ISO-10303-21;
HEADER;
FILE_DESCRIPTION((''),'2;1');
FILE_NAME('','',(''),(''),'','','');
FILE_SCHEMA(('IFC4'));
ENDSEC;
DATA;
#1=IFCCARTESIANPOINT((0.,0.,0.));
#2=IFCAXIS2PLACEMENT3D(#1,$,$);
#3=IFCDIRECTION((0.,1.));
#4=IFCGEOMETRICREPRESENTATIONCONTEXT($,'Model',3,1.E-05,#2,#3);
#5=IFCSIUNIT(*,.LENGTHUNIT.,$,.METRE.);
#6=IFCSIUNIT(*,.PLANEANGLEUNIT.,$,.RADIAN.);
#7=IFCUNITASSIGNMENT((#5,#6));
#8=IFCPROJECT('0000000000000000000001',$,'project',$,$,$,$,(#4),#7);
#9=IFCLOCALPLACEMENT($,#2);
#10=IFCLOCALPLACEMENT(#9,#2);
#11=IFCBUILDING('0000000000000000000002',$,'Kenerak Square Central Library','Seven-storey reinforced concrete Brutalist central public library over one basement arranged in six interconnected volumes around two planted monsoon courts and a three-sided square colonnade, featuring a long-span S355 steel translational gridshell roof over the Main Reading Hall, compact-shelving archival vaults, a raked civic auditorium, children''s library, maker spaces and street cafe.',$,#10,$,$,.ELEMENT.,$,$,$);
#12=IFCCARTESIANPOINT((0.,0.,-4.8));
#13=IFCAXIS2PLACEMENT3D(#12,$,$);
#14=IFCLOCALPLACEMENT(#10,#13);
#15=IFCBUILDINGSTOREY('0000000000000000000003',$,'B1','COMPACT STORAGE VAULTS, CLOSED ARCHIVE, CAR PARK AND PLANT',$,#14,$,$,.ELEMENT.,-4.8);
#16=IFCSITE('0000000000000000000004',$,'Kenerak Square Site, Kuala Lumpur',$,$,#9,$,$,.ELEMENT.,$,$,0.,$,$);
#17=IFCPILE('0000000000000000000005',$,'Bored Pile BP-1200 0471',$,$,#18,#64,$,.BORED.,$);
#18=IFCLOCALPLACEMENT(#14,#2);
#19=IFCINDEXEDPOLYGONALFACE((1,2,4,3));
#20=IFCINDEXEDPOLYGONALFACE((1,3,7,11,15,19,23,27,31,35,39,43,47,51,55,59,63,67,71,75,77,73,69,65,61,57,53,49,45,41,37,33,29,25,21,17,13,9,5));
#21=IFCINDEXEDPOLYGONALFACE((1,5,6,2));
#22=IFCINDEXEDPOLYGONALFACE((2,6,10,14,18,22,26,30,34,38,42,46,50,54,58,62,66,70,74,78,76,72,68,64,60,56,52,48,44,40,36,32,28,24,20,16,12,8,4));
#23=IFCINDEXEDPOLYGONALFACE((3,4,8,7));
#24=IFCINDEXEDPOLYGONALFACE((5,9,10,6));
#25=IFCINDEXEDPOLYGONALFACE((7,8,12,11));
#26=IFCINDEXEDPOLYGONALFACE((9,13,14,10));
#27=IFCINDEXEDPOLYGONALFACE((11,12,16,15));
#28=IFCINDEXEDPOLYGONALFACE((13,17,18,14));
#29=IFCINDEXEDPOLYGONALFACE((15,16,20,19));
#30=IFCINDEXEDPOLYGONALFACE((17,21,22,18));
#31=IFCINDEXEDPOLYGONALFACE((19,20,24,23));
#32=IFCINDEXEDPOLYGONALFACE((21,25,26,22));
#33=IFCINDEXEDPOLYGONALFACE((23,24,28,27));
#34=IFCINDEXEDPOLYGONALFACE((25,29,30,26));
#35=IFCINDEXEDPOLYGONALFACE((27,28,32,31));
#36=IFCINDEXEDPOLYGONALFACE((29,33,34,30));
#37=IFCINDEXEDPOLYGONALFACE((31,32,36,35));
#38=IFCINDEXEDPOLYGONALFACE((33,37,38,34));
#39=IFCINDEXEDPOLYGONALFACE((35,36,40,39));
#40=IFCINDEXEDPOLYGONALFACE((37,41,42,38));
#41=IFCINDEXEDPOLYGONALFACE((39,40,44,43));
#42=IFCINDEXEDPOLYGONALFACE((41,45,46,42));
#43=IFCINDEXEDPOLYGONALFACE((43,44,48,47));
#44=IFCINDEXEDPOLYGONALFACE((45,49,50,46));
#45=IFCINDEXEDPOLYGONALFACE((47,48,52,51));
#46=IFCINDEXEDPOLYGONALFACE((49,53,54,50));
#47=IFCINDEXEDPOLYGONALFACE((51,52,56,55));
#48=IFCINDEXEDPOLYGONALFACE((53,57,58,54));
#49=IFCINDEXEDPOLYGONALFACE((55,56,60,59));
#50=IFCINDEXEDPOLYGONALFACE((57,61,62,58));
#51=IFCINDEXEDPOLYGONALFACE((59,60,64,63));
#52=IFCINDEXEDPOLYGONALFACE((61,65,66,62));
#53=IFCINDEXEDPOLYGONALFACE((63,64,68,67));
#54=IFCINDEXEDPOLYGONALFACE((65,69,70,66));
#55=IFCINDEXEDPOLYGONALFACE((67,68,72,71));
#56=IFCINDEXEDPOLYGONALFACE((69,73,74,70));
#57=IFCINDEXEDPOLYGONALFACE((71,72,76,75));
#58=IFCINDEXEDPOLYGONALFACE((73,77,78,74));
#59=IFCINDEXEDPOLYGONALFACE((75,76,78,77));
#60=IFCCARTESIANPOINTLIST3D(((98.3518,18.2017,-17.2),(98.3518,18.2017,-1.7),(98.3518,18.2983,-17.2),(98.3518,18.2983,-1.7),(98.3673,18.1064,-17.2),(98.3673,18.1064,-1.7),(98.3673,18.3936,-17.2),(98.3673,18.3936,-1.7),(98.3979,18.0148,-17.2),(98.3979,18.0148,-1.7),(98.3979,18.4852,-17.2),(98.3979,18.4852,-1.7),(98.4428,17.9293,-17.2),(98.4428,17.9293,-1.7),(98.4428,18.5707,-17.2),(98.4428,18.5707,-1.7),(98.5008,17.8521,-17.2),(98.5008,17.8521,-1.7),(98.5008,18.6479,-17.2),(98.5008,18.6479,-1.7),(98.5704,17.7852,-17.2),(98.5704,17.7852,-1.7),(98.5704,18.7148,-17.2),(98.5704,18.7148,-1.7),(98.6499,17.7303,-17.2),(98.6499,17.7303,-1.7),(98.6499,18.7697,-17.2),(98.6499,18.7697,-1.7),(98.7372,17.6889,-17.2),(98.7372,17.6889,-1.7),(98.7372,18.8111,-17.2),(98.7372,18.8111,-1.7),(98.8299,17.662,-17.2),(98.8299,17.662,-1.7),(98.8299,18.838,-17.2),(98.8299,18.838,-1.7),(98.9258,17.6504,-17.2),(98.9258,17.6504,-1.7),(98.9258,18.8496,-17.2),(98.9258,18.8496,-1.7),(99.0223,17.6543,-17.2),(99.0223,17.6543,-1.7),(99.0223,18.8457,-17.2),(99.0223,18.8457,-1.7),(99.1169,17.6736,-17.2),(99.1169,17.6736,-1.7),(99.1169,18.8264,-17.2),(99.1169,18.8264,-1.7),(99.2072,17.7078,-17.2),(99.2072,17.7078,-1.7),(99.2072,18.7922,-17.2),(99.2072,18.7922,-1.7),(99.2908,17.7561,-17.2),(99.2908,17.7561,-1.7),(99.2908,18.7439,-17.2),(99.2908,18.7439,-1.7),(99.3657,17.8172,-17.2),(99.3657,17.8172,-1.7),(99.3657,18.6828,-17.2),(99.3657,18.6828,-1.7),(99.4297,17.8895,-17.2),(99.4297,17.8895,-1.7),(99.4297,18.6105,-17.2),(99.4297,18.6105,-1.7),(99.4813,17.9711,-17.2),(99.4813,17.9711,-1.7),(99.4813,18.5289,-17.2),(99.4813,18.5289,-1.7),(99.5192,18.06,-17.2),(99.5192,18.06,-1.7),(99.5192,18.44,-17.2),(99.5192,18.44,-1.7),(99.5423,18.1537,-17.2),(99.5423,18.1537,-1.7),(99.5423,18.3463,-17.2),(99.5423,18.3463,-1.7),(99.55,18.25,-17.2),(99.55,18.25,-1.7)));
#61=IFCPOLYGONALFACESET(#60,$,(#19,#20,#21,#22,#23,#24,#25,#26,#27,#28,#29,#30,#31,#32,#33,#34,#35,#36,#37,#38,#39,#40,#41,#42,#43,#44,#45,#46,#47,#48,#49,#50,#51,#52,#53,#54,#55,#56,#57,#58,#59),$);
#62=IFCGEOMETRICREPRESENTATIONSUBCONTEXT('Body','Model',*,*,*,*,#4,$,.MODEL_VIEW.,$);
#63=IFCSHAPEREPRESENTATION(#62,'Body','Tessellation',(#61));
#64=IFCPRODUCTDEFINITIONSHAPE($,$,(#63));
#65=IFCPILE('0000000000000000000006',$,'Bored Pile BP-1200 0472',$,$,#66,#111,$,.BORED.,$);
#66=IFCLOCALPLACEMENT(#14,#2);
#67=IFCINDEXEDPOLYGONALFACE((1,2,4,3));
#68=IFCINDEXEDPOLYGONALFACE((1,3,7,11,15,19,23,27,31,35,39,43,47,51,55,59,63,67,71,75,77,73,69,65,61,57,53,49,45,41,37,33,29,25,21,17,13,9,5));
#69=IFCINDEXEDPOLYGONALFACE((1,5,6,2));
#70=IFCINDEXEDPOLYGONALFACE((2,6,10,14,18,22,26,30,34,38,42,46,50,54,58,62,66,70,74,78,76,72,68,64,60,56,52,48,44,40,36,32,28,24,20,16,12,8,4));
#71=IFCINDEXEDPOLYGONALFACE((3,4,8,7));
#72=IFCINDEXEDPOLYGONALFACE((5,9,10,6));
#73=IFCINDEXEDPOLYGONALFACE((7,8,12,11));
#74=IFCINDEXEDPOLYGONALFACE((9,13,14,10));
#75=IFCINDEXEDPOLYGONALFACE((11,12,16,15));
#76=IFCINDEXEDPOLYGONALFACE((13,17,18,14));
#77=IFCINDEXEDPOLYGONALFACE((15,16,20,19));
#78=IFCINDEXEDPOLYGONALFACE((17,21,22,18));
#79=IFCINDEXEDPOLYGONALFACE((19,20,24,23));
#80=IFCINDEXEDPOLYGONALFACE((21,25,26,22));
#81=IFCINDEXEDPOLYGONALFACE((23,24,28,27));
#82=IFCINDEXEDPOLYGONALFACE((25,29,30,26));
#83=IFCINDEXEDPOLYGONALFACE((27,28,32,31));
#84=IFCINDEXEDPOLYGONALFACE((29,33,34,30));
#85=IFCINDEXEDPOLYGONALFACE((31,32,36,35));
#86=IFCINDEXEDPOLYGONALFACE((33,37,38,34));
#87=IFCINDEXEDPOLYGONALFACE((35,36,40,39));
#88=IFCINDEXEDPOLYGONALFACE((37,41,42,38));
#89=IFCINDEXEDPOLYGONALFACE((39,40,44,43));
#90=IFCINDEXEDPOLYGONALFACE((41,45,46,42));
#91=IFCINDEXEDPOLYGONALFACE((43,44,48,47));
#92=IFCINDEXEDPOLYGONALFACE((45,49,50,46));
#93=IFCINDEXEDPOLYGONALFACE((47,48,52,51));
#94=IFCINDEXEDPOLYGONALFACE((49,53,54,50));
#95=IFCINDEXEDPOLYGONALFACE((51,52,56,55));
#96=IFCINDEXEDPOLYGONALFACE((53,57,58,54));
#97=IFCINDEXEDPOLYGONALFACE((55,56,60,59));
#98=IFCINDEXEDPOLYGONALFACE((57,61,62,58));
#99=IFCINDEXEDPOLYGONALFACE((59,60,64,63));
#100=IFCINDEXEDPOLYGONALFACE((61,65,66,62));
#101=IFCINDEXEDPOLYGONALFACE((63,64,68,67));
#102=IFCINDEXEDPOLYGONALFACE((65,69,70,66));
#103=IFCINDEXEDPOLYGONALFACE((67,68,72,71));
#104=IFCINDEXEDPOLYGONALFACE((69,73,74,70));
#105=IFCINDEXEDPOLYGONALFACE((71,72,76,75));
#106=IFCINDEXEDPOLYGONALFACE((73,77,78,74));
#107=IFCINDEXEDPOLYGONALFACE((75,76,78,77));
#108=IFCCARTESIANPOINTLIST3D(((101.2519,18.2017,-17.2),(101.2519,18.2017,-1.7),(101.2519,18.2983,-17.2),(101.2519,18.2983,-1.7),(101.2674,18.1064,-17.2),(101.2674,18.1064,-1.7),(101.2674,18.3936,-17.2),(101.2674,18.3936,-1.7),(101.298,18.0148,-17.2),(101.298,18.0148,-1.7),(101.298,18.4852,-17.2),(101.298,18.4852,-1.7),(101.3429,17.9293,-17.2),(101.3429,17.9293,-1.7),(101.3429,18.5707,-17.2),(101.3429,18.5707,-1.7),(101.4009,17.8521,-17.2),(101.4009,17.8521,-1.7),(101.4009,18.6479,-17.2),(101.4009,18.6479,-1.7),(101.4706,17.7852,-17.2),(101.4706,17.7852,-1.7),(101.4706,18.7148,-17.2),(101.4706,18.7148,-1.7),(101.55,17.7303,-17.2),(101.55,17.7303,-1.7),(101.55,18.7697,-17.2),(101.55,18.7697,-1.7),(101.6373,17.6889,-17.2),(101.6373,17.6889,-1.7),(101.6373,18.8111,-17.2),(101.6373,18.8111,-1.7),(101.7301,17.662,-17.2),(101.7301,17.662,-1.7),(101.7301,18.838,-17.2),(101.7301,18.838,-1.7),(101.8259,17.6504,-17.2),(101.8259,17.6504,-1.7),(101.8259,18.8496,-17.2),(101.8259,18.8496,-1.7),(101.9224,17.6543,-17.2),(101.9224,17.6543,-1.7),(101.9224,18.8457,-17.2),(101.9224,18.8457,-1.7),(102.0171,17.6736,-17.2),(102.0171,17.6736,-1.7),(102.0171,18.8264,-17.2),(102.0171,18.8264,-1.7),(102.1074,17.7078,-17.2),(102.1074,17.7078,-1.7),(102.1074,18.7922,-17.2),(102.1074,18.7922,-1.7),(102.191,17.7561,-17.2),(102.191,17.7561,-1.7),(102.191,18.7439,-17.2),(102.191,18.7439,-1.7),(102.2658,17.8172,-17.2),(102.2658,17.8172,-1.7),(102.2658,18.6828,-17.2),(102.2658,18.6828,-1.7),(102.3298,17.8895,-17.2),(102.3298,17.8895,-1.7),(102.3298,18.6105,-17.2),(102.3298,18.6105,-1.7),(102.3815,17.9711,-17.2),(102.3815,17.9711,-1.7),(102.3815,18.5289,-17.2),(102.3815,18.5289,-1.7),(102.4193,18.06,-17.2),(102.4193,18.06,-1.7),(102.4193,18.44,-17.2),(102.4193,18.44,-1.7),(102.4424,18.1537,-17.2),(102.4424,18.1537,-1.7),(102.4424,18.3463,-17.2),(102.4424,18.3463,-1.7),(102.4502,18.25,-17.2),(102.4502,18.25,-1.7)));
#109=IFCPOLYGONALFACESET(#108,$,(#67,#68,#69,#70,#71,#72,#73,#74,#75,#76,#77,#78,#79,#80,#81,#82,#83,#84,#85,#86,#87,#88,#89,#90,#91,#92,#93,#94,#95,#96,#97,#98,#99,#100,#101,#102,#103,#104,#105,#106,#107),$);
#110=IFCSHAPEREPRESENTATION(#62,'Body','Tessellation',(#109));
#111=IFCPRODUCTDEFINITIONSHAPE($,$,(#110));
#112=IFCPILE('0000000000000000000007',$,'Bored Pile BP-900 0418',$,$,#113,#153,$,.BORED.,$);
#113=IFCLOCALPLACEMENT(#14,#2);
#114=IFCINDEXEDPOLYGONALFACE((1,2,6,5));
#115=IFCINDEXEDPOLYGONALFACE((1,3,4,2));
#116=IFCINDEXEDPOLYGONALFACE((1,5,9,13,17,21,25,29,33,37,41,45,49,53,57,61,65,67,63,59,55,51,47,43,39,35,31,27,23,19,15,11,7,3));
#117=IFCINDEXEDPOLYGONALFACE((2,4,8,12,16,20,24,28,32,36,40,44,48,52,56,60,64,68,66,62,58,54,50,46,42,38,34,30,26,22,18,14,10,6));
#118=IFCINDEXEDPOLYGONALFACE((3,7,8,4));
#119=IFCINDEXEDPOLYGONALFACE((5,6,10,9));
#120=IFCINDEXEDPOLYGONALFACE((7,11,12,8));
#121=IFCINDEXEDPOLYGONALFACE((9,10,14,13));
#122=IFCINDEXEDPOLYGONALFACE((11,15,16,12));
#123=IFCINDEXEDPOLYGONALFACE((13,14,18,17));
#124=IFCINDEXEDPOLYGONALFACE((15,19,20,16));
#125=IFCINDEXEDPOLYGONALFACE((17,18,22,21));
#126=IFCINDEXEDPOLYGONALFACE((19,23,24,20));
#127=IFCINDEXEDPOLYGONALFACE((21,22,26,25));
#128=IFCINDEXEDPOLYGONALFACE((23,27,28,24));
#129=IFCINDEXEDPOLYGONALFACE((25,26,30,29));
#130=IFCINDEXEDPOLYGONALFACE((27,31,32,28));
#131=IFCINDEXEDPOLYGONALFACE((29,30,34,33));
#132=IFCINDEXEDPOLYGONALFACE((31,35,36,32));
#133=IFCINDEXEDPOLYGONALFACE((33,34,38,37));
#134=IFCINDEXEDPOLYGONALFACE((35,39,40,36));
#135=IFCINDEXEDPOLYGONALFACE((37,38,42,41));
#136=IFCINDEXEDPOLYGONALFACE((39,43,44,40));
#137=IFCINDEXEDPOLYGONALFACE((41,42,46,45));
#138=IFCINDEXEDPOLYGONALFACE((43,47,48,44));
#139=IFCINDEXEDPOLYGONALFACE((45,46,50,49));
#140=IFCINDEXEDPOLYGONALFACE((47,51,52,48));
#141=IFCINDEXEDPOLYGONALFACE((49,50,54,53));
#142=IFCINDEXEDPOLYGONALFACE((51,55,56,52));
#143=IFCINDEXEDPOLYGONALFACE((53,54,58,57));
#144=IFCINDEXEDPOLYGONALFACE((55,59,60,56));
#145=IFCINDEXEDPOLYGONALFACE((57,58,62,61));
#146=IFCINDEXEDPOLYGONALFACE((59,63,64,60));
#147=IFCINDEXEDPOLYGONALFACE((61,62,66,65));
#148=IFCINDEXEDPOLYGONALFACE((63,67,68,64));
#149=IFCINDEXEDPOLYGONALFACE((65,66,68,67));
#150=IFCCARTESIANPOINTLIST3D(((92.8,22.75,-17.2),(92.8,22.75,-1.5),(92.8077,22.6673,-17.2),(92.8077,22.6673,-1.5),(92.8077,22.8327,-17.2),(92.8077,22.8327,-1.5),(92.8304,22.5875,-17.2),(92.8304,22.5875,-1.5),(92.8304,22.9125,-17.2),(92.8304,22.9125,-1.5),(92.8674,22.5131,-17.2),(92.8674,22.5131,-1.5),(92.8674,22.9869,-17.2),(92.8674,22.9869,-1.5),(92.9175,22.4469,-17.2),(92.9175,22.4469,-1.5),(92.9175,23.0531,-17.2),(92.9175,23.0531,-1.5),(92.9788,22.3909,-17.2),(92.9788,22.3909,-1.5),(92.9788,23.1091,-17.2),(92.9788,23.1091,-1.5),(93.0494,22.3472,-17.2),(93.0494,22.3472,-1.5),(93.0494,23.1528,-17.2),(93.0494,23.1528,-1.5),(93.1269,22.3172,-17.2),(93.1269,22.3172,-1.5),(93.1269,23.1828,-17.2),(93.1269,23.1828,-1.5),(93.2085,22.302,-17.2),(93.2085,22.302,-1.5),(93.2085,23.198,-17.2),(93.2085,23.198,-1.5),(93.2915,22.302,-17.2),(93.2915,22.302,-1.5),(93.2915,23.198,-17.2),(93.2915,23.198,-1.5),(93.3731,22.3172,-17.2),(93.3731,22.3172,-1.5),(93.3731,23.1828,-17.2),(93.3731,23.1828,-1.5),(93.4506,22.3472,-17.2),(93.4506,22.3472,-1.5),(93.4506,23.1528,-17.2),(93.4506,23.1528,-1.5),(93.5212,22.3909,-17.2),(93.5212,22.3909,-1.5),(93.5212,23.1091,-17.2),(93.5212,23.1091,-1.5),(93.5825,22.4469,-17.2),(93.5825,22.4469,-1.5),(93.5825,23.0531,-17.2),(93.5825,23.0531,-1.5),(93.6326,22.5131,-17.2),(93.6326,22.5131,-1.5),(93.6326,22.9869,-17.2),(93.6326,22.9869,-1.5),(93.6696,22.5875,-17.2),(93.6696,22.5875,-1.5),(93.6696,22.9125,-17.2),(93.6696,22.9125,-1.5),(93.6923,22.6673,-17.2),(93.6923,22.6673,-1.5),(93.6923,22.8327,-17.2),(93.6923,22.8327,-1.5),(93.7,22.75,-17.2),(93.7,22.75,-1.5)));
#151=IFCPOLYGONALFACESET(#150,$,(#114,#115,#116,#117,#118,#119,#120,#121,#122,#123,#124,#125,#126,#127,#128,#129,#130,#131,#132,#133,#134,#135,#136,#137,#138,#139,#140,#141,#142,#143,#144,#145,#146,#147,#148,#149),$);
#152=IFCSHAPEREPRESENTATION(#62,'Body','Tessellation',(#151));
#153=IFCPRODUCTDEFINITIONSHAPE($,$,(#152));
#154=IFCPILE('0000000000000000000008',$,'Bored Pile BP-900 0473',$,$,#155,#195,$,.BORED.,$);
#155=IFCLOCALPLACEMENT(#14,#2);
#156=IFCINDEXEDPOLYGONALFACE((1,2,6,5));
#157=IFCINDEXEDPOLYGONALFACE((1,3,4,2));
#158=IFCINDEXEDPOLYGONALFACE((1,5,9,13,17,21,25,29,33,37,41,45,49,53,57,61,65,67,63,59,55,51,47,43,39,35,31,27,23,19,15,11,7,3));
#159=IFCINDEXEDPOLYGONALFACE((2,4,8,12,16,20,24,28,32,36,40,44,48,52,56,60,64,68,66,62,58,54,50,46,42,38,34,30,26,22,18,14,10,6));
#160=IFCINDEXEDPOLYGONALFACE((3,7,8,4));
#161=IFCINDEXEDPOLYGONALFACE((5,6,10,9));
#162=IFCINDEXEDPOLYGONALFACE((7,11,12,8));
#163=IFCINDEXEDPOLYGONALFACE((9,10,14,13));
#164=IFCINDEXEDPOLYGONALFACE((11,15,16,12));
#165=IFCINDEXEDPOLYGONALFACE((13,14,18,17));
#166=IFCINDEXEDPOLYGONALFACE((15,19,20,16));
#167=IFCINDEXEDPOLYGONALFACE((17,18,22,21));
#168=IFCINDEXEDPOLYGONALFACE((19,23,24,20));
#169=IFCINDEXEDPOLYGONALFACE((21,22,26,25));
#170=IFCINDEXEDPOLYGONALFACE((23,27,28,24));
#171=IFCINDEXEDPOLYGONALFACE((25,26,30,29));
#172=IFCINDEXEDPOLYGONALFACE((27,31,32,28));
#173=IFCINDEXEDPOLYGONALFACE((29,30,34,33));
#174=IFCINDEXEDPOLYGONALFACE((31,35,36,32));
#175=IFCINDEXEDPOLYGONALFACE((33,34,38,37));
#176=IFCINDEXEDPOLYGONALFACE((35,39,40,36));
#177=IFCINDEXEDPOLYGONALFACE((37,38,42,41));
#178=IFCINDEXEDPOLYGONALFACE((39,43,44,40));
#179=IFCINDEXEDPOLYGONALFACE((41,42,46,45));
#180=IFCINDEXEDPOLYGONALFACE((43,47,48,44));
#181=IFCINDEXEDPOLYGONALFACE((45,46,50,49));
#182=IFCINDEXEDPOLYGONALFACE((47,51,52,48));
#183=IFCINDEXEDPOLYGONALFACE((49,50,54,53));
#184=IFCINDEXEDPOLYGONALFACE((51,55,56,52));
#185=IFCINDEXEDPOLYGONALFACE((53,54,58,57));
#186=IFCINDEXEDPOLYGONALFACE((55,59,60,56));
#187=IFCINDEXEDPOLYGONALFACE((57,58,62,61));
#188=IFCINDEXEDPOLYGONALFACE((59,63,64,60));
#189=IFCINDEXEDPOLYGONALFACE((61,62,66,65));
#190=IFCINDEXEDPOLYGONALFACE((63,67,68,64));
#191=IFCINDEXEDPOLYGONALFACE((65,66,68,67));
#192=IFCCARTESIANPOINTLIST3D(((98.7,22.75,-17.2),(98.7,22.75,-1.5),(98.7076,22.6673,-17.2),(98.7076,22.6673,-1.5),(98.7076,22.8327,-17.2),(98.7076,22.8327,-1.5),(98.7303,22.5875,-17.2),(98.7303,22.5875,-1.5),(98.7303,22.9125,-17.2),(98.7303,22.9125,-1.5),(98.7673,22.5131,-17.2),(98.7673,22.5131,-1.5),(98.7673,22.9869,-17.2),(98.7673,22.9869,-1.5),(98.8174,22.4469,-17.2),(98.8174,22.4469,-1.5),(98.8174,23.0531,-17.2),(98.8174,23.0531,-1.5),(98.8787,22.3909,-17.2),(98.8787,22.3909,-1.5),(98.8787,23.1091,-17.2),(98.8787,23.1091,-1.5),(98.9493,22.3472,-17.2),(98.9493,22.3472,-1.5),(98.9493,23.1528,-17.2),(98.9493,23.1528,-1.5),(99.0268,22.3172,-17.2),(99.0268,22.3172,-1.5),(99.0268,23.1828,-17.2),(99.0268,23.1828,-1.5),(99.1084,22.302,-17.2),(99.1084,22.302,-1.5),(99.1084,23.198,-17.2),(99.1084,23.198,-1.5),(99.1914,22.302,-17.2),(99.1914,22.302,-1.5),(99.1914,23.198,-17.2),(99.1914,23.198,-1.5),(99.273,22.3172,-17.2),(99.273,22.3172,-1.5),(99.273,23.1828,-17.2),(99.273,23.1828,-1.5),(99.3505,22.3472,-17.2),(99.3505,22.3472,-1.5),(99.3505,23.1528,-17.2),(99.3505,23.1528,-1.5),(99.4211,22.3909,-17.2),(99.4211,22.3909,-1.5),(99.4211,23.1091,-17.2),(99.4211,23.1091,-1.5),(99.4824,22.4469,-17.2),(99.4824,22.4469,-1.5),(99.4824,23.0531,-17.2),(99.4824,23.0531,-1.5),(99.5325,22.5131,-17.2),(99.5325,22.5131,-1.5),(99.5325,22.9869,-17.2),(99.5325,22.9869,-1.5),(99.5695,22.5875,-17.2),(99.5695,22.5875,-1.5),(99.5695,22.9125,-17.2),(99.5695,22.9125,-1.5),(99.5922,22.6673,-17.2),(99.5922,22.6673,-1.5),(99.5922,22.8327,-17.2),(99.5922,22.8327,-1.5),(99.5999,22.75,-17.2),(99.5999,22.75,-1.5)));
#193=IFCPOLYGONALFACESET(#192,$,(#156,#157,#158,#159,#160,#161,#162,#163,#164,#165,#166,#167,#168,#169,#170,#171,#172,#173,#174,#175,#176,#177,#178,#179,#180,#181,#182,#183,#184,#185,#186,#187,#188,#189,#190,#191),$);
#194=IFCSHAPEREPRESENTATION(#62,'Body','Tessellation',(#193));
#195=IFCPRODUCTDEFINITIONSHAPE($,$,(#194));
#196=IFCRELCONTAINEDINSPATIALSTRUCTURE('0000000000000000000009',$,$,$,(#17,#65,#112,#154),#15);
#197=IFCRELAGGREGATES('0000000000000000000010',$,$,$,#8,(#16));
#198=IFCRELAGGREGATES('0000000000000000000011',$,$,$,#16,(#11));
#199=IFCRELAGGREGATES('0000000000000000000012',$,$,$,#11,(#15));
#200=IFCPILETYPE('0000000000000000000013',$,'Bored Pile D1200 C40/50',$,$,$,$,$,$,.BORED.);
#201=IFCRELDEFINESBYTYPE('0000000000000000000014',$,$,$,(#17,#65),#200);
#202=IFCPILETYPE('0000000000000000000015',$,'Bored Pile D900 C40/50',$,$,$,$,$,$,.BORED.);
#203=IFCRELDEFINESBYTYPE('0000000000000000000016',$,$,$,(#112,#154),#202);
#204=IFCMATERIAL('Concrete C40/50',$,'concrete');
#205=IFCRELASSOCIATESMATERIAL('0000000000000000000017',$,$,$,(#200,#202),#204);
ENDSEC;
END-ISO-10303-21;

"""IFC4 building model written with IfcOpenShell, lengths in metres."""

from ifc_helpers import new_model, si_unit, direction, frame, origin, origin_2d, place, context, subcontext, project, spatial, circle, extrude, material, material_profile, profile_set, type_object, element, save


model = new_model("IFC4")

# Units and contexts
model_context = context("Model", 3, precision=1e-05, world=origin(), true_north=direction((0.0, 1.0)))
body_context = subcontext(model_context, "Body", "Model", "MODEL_VIEW")
ifc_project = project(units=[si_unit("LENGTHUNIT", "METRE"), si_unit("PLANEANGLEUNIT", "RADIAN")], contexts=[model_context])

# Site, building, storey
site_placement = place(None, origin())
site = spatial("IfcSite", under=ifc_project, at=site_placement, Name="Kenerak Square Site, Kuala Lumpur", CompositionType="ELEMENT", RefElevation=0.0)
building_placement = place(site_placement, origin())
building = spatial("IfcBuilding", under=site, at=building_placement, Name="Kenerak Square Central Library", Description="Seven-storey reinforced concrete Brutalist central public library over one basement arranged in six interconnected volumes around two planted monsoon courts and a three-sided square colonnade, featuring a long-span S355 steel translational gridshell roof over the Main Reading Hall, compact-shelving archival vaults, a raked civic auditorium, children's library, maker spaces and street cafe.", CompositionType="ELEMENT")
storey_placement = place(building_placement, frame((0.0, 0.0, -4.8)))
storey = spatial("IfcBuildingStorey", under=building, at=storey_placement, Name="B1", Description="COMPACT STORAGE VAULTS, CLOSED ARCHIVE, CAR PARK AND PLANT", CompositionType="ELEMENT", Elevation=-4.8)

# Piles
ifc_material_1 = material(Name="Concrete C40/50", Category="concrete")
ifc_material_profile_1 = material_profile(ifc_material_1, circle(Radius=0.6001, at=origin_2d()), Name="BP D1200")
ifc_profile_set_1 = profile_set([ifc_material_profile_1], Name="Concrete C40/50")
pile_type_1 = type_object("IfcPileType", Name="Bored Pile D1200 C40/50", PredefinedType="BORED", material=ifc_profile_set_1)
for number, where, z_axis, x_axis, name in (
    (1, (98.95, 18.25, -1.7), (0.0, 0.0, -1.0), (1.0, 0.0, 0.0), "Bored Pile BP-1200 0471"),
    (2, (101.8501, 18.25, -1.7), (0.0, 0.0, -1.0), (1.0, 0.0, 0.0), "Bored Pile BP-1200 0472"),
):
    element("IfcPile", number, at=place(storey_placement, frame(where, z_axis=z_axis, x_axis=x_axis)), inside=storey, type_object=pile_type_1, Name=name, PredefinedType="BORED", context=body_context, shape_type="SweptSolid", body=[
        extrude(circle(Radius=0.6001, at=origin_2d()), origin(), (0.0, 0.0, 1.0), 15.5),
    ])
ifc_material_profile_2 = material_profile(ifc_material_1, circle(Radius=0.45, at=origin_2d()), Name="BP D900")
ifc_profile_set_2 = profile_set([ifc_material_profile_2], Name="Concrete C40/50")
pile_type_2 = type_object("IfcPileType", Name="Bored Pile D900 C40/50", PredefinedType="BORED", material=ifc_profile_set_2)
for number, where, z_axis, x_axis, name in (
    (3, (93.25, 22.75, -1.5), (0.0, 0.0, -1.0), (1.0, 0.0, 0.0), "Bored Pile BP-900 0418"),
    (4, (99.1499, 22.75, -1.5), (0.0, 0.0, -1.0), (1.0, 0.0, 0.0), "Bored Pile BP-900 0473"),
):
    element("IfcPile", number, at=place(storey_placement, frame(where, z_axis=z_axis, x_axis=x_axis)), inside=storey, type_object=pile_type_2, Name=name, PredefinedType="BORED", context=body_context, shape_type="SweptSolid", body=[
        extrude(circle(Radius=0.45, at=origin_2d()), origin(), (0.0, 0.0, 1.0), 15.7),
    ])

save(model, "model.ifc")
